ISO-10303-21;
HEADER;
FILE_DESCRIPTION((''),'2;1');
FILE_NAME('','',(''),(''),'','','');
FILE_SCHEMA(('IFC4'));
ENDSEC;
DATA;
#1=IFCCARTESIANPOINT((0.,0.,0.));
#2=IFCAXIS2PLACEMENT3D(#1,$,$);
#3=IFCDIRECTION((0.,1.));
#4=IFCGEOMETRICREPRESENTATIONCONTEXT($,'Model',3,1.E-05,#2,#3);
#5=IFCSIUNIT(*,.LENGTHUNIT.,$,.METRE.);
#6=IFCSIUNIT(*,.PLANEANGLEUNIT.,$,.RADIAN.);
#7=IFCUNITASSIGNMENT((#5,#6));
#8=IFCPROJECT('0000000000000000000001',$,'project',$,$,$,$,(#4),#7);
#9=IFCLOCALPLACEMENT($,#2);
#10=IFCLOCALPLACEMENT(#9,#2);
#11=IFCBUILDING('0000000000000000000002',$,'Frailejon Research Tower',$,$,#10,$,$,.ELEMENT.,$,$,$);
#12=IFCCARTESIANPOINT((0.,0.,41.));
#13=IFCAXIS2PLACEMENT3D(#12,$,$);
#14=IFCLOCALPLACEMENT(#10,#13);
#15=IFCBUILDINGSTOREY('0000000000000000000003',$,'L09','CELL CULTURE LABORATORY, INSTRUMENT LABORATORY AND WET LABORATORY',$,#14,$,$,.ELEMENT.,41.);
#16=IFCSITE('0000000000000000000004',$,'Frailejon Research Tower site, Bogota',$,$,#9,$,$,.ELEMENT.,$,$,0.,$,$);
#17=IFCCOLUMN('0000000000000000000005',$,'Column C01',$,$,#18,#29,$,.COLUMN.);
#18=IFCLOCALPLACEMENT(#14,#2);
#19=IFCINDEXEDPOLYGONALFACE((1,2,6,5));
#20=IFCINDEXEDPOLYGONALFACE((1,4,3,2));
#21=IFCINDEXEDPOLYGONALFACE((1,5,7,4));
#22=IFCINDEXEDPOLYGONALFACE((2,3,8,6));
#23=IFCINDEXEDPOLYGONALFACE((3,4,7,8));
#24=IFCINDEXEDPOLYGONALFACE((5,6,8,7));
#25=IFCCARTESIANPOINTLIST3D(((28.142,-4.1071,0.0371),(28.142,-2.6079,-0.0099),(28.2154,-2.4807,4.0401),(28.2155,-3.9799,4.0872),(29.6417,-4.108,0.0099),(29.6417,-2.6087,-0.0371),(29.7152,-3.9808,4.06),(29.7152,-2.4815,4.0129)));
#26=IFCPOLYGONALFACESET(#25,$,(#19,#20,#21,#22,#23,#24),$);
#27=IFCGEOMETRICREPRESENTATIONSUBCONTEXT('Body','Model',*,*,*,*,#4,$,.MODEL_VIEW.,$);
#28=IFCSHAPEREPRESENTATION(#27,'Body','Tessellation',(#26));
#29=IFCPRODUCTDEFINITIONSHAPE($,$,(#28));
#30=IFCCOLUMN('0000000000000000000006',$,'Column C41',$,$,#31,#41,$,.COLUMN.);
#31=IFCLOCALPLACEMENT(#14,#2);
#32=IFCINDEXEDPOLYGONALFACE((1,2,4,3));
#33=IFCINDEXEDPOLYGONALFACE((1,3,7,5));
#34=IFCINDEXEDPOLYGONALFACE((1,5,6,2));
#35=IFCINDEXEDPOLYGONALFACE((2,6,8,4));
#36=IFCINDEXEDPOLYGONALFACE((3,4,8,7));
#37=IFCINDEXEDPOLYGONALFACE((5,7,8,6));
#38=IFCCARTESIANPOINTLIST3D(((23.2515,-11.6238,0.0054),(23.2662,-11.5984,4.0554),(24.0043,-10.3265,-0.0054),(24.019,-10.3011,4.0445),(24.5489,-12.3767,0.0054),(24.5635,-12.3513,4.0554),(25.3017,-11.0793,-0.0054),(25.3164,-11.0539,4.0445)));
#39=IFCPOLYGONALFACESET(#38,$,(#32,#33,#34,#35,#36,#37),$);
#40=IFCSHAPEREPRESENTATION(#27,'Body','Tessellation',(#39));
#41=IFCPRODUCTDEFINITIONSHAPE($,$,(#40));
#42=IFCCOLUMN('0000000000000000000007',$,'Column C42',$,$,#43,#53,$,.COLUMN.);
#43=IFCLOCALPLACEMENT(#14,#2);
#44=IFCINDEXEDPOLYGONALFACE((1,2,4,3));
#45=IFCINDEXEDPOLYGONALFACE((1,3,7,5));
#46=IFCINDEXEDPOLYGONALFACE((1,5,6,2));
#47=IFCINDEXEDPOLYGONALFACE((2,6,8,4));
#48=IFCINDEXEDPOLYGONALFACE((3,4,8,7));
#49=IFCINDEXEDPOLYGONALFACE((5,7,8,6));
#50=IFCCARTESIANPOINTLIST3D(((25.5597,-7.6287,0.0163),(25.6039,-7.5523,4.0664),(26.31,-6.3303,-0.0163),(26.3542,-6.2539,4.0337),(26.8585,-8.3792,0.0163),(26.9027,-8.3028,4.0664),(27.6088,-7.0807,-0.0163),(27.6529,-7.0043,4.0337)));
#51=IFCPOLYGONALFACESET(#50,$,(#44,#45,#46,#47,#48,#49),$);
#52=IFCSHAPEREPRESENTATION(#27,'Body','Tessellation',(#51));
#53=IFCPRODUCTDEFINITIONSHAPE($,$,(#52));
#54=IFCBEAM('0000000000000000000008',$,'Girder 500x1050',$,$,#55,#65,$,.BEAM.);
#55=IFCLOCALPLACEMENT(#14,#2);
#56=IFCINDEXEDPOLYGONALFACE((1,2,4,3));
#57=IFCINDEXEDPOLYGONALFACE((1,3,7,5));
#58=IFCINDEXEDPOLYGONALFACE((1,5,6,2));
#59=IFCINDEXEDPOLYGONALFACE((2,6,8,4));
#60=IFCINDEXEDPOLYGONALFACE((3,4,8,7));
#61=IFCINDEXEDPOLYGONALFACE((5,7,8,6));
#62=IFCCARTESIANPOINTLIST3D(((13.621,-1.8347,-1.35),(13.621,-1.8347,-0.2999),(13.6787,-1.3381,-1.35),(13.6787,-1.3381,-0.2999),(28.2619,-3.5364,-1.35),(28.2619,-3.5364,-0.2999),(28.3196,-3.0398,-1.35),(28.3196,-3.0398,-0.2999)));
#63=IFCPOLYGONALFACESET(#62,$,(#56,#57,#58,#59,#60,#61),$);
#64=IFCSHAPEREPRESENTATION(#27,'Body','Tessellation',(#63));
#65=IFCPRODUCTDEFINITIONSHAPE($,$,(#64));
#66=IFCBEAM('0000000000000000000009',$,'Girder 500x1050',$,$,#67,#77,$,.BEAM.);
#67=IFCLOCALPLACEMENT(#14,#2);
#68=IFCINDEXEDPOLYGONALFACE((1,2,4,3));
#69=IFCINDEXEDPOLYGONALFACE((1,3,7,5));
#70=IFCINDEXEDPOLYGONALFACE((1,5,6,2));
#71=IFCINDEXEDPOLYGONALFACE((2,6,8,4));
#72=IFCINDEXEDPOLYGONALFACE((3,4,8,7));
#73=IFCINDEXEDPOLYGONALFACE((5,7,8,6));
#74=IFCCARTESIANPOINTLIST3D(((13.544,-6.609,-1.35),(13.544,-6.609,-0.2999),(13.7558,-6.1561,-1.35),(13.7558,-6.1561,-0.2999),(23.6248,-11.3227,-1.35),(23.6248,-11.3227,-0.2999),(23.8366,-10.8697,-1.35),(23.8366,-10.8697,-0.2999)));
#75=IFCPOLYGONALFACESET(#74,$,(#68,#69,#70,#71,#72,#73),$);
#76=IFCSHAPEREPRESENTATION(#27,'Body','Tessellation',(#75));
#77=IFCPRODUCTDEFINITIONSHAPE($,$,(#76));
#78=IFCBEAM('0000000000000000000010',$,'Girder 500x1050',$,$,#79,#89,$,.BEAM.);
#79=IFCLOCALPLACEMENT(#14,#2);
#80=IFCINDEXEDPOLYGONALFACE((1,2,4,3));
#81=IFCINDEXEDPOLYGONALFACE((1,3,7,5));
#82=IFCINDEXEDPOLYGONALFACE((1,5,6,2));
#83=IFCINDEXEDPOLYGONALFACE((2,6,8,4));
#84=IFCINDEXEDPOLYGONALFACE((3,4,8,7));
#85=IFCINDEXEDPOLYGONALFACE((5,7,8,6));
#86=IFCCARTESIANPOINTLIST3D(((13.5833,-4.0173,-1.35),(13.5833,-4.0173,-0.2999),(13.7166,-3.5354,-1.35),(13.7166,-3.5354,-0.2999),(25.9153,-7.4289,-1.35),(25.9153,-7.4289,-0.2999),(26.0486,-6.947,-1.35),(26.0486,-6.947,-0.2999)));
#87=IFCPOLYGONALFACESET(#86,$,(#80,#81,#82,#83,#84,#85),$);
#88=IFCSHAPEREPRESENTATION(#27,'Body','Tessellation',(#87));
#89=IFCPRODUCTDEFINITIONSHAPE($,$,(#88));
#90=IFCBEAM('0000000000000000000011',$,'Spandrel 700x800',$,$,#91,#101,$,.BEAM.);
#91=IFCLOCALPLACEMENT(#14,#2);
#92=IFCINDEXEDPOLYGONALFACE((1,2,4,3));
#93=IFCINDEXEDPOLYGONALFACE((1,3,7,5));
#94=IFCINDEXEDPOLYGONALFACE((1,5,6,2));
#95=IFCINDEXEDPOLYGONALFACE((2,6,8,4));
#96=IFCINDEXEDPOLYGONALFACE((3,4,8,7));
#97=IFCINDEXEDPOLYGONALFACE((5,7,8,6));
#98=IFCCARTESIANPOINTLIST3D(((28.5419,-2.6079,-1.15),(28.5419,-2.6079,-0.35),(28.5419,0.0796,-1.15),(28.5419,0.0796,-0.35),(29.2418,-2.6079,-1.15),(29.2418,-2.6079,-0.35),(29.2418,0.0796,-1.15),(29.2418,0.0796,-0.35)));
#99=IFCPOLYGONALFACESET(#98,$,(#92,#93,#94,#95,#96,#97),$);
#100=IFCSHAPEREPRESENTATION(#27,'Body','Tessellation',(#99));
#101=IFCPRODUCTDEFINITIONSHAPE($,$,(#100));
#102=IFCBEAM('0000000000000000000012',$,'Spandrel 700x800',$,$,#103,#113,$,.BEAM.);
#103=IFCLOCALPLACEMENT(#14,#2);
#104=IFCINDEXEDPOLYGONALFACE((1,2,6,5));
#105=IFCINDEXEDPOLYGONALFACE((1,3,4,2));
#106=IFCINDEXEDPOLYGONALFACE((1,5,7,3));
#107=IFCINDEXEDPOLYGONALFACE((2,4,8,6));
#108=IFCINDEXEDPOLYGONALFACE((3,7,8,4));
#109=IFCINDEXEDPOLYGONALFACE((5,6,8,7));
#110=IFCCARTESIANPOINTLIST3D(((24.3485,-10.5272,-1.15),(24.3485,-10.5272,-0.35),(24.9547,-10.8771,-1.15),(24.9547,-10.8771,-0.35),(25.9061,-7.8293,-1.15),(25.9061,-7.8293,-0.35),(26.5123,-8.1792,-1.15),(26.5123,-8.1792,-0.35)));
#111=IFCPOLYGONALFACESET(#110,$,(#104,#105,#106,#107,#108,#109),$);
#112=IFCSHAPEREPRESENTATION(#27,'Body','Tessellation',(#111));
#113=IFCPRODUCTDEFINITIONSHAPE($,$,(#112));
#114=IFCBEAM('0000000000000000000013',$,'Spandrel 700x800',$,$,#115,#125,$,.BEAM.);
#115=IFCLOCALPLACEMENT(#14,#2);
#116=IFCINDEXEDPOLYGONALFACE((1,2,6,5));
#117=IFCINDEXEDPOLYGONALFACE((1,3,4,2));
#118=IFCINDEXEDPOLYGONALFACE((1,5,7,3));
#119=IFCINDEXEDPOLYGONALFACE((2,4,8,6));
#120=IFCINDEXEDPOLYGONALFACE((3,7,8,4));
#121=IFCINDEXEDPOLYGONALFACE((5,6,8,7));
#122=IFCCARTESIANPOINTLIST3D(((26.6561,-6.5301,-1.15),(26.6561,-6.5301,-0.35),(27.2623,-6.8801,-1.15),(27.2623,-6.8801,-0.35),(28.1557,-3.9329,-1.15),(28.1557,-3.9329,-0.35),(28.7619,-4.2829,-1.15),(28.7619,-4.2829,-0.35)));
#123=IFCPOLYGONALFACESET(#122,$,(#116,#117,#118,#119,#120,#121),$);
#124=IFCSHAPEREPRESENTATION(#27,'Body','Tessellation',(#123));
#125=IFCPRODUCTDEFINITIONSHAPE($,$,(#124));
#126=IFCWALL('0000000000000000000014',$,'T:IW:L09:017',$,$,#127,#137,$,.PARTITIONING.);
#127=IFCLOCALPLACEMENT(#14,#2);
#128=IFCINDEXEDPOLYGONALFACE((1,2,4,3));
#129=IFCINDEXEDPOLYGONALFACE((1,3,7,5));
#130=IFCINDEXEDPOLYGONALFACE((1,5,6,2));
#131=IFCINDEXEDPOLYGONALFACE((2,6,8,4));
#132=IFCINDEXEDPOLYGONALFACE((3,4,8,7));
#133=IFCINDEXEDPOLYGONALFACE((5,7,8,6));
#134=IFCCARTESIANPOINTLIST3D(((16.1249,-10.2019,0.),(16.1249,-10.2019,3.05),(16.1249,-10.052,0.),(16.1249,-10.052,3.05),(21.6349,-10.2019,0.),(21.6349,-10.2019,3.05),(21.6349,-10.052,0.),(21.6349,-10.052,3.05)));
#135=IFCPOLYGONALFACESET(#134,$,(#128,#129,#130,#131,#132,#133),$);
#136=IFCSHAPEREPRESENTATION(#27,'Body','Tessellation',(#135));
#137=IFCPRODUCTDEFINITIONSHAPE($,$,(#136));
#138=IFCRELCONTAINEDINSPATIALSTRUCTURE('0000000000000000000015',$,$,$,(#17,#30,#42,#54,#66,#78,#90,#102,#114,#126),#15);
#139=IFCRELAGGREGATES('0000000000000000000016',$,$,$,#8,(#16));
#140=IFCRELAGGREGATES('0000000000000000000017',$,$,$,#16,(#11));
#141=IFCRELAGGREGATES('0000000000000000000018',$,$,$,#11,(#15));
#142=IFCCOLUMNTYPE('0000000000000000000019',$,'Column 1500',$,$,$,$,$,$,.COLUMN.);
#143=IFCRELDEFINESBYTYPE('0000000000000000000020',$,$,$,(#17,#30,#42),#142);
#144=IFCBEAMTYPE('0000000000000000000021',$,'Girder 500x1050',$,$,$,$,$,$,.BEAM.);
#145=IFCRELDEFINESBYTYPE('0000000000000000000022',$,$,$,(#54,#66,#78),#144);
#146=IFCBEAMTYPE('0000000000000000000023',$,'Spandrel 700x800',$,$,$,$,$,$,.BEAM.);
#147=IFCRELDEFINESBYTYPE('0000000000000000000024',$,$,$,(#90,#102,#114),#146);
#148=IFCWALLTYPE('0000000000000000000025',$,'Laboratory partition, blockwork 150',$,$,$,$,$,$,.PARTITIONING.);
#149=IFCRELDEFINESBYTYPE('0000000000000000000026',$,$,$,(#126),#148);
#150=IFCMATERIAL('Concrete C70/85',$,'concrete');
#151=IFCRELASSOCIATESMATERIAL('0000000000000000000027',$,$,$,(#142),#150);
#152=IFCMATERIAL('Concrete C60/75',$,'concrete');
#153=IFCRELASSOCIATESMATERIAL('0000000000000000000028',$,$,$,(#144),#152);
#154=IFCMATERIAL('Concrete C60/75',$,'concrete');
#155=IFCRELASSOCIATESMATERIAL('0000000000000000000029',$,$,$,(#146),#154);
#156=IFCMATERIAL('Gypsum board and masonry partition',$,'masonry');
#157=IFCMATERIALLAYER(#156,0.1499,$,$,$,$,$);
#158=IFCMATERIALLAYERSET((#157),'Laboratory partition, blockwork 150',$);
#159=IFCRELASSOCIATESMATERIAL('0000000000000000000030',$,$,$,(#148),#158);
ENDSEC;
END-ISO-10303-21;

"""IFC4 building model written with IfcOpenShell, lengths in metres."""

from ifc_helpers import new_model, si_unit, direction, frame, frame_2d, origin, origin_2d, place, context, subcontext, project, spatial, rectangle, extrude, material, layer, layer_set, material_profile, profile_set, type_object, element, save


model = new_model("IFC4")

# Units and contexts
model_context = context("Model", 3, precision=1e-05, world=origin(), true_north=direction((0.0, 1.0)))
body_context = subcontext(model_context, "Body", "Model", "MODEL_VIEW")
ifc_project = project(units=[si_unit("LENGTHUNIT", "METRE"), si_unit("PLANEANGLEUNIT", "RADIAN")], contexts=[model_context])

# Site, building, storey
site_placement = place(None, origin())
site = spatial("IfcSite", under=ifc_project, at=site_placement, Name="Frailejon Research Tower site, Bogota", CompositionType="ELEMENT", RefElevation=0.0)
building_placement = place(site_placement, origin())
building = spatial("IfcBuilding", under=site, at=building_placement, Name="Frailejon Research Tower", CompositionType="ELEMENT")
storey_placement = place(building_placement, frame((0.0, 0.0, 41.0)))
storey = spatial("IfcBuildingStorey", under=building, at=storey_placement, Name="L09", Description="CELL CULTURE LABORATORY, INSTRUMENT LABORATORY AND WET LABORATORY", CompositionType="ELEMENT", Elevation=41.0)

# Columns
ifc_material_1 = material(Name="Concrete C70/85", Category="concrete")
ifc_material_profile_1 = material_profile(ifc_material_1, rectangle(XDim=1.5, YDim=1.5, at=origin_2d()), Name="Column 1500")
ifc_profile_set_1 = profile_set([ifc_material_profile_1], Name="Concrete C70/85")
column_type = type_object("IfcColumnType", Name="Column 1500", PredefinedType="COLUMN", material=ifc_profile_set_1)
column_1_placement = place(storey_placement, frame((28.8918, -3.3579, 0.0), z_axis=(0.018133, 0.031386, 0.999343), x_axis=(-0.000022, 0.999507, -0.03139)))
element("IfcColumn", 1, at=column_1_placement, inside=storey, type_object=column_type, Name="Column C01", PredefinedType="COLUMN", context=body_context, shape_type="SweptSolid", body=[
    extrude(rectangle(XDim=1.5, YDim=1.5, at=origin_2d()), origin(), (0.0, 0.0, 1.0), 4.0527),
])
column_2_placement = place(storey_placement, frame((24.2766, -11.3516, 0.0), z_axis=(0.003617, 0.006269, 0.999974), x_axis=(0.501883, 0.864905, -0.007238)))
element("IfcColumn", 2, at=column_2_placement, inside=storey, type_object=column_type, Name="Column C41", PredefinedType="COLUMN", context=body_context, shape_type="SweptSolid", body=[
    extrude(rectangle(XDim=1.5, YDim=1.5, at=origin_2d()), origin(), (0.0, 0.0, 1.0), 4.05),
])
column_3_placement = place(storey_placement, frame((26.5842, -7.3547, 0.0), z_axis=(0.010908, 0.018863, 0.999763), x_axis=(0.500187, 0.865643, -0.02179)))
element("IfcColumn", 3, at=column_3_placement, inside=storey, type_object=column_type, Name="Column C42", PredefinedType="COLUMN", context=body_context, shape_type="SweptSolid", body=[
    extrude(rectangle(XDim=1.5, YDim=1.5, at=origin_2d()), origin(), (0.0, 0.0, 1.0), 4.051),
])

# Beams
ifc_material_2 = material(Name="Concrete C60/75", Category="concrete")
ifc_material_profile_2 = material_profile(ifc_material_2, rectangle(XDim=0.5, YDim=1.05, at=origin_2d()), Name="Girder 500x1050")
ifc_profile_set_2 = profile_set([ifc_material_profile_2], Name="Concrete C60/75")
beam_type_1 = type_object("IfcBeamType", Name="Girder 500x1050", PredefinedType="BEAM", material=ifc_profile_set_2)
beam_1_placement = place(storey_placement, frame((28.2908, -3.2881, -0.825), z_axis=(-0.993313, 0.11545, 0.0), x_axis=(-0.11545, -0.993313, 0.0)))
element("IfcBeam", 4, at=beam_1_placement, inside=storey, type_object=beam_type_1, Name="Girder 500x1050", PredefinedType="BEAM", context=body_context, shape_type="SweptSolid", body=[
    extrude(rectangle(XDim=0.5, YDim=1.05, at=origin_2d()), origin(), (0.0, 0.0, 1.0), 14.7395),
])
beam_2_placement = place(storey_placement, frame((23.7307, -11.0962, -0.825), z_axis=(-0.905865, 0.423568, 0.0), x_axis=(-0.423568, -0.905865, 0.0)))
element("IfcBeam", 5, at=beam_2_placement, inside=storey, type_object=beam_type_1, Name="Girder 500x1050", PredefinedType="BEAM", context=body_context, shape_type="SweptSolid", body=[
    extrude(rectangle(XDim=0.5, YDim=1.05, at=origin_2d()), origin(), (0.0, 0.0, 1.0), 11.1284),
])
beam_3_placement = place(storey_placement, frame((25.9819, -7.188, -0.825), z_axis=(-0.963798, 0.266632, 0.0), x_axis=(-0.266632, -0.963798, 0.0)))
element("IfcBeam", 6, at=beam_3_placement, inside=storey, type_object=beam_type_1, Name="Girder 500x1050", PredefinedType="BEAM", context=body_context, shape_type="SweptSolid", body=[
    extrude(rectangle(XDim=0.5, YDim=1.05, at=origin_2d()), origin(), (0.0, 0.0, 1.0), 12.7952),
])
ifc_material_3 = material(Name="Concrete C60/75", Category="concrete")
ifc_material_profile_3 = material_profile(ifc_material_3, rectangle(XDim=0.7, YDim=0.8, at=origin_2d()), Name="Spandrel 700x800")
ifc_profile_set_3 = profile_set([ifc_material_profile_3], Name="Concrete C60/75")
beam_type_2 = type_object("IfcBeamType", Name="Spandrel 700x800", PredefinedType="BEAM", material=ifc_profile_set_3)
beam_4_placement = place(storey_placement, frame((28.8918, -2.6079, -0.75), z_axis=(0.0, 1.0, 0.0), x_axis=(-1.0, 0.0, 0.0)))
element("IfcBeam", 7, at=beam_4_placement, inside=storey, type_object=beam_type_2, Name="Spandrel 700x800", PredefinedType="BEAM", context=body_context, shape_type="SweptSolid", body=[
    extrude(rectangle(XDim=0.7, YDim=0.8, at=origin_2d()), origin(), (0.0, 0.0, 1.0), 2.6875),
])
beam_5_placement = place(storey_placement, frame((24.6516, -10.7021, -0.75), z_axis=(0.499982, 0.866036, 0.0), x_axis=(-0.866036, 0.499982, 0.0)))
element("IfcBeam", 8, at=beam_5_placement, inside=storey, type_object=beam_type_2, Name="Spandrel 700x800", PredefinedType="BEAM", context=body_context, shape_type="SweptSolid", body=[
    extrude(rectangle(XDim=0.7, YDim=0.8, at=origin_2d()), origin(), (0.0, 0.0, 1.0), 3.1152),
])
beam_6_placement = place(storey_placement, frame((26.9592, -6.7051, -0.75), z_axis=(0.500009, 0.86602, 0.0), x_axis=(-0.86602, 0.500009, 0.0)))
element("IfcBeam", 9, at=beam_6_placement, inside=storey, type_object=beam_type_2, Name="Spandrel 700x800", PredefinedType="BEAM", context=body_context, shape_type="SweptSolid", body=[
    extrude(rectangle(XDim=0.7, YDim=0.8, at=origin_2d()), origin(), (0.0, 0.0, 1.0), 2.999),
])

# Wall
ifc_material_4 = material(Name="Gypsum board and masonry partition", Category="masonry")
ifc_layer_1 = layer(ifc_material_4, 0.1499)
ifc_layer_set_1 = layer_set([ifc_layer_1], Name="Laboratory partition, blockwork 150")
wall_type_1 = type_object("IfcWallType", Name="Laboratory partition, blockwork 150", PredefinedType="PARTITIONING", material=ifc_layer_set_1)
wall_1_placement = place(storey_placement, frame((16.125, -10.127, 0.0), z_axis=(0.0, 0.0, 1.0), x_axis=(1.0, 0.0, 0.0)))
element("IfcWall", 10, at=wall_1_placement, inside=storey, type_object=wall_type_1, Name="T:IW:L09:017", PredefinedType="PARTITIONING", context=body_context, shape_type="SweptSolid", body=[
    extrude(rectangle(XDim=5.51, YDim=0.1499, at=frame_2d((2.7549, 0.0))), origin(), (0.0, 0.0, 1.0), 3.05),
])

save(model, "model.ifc")
